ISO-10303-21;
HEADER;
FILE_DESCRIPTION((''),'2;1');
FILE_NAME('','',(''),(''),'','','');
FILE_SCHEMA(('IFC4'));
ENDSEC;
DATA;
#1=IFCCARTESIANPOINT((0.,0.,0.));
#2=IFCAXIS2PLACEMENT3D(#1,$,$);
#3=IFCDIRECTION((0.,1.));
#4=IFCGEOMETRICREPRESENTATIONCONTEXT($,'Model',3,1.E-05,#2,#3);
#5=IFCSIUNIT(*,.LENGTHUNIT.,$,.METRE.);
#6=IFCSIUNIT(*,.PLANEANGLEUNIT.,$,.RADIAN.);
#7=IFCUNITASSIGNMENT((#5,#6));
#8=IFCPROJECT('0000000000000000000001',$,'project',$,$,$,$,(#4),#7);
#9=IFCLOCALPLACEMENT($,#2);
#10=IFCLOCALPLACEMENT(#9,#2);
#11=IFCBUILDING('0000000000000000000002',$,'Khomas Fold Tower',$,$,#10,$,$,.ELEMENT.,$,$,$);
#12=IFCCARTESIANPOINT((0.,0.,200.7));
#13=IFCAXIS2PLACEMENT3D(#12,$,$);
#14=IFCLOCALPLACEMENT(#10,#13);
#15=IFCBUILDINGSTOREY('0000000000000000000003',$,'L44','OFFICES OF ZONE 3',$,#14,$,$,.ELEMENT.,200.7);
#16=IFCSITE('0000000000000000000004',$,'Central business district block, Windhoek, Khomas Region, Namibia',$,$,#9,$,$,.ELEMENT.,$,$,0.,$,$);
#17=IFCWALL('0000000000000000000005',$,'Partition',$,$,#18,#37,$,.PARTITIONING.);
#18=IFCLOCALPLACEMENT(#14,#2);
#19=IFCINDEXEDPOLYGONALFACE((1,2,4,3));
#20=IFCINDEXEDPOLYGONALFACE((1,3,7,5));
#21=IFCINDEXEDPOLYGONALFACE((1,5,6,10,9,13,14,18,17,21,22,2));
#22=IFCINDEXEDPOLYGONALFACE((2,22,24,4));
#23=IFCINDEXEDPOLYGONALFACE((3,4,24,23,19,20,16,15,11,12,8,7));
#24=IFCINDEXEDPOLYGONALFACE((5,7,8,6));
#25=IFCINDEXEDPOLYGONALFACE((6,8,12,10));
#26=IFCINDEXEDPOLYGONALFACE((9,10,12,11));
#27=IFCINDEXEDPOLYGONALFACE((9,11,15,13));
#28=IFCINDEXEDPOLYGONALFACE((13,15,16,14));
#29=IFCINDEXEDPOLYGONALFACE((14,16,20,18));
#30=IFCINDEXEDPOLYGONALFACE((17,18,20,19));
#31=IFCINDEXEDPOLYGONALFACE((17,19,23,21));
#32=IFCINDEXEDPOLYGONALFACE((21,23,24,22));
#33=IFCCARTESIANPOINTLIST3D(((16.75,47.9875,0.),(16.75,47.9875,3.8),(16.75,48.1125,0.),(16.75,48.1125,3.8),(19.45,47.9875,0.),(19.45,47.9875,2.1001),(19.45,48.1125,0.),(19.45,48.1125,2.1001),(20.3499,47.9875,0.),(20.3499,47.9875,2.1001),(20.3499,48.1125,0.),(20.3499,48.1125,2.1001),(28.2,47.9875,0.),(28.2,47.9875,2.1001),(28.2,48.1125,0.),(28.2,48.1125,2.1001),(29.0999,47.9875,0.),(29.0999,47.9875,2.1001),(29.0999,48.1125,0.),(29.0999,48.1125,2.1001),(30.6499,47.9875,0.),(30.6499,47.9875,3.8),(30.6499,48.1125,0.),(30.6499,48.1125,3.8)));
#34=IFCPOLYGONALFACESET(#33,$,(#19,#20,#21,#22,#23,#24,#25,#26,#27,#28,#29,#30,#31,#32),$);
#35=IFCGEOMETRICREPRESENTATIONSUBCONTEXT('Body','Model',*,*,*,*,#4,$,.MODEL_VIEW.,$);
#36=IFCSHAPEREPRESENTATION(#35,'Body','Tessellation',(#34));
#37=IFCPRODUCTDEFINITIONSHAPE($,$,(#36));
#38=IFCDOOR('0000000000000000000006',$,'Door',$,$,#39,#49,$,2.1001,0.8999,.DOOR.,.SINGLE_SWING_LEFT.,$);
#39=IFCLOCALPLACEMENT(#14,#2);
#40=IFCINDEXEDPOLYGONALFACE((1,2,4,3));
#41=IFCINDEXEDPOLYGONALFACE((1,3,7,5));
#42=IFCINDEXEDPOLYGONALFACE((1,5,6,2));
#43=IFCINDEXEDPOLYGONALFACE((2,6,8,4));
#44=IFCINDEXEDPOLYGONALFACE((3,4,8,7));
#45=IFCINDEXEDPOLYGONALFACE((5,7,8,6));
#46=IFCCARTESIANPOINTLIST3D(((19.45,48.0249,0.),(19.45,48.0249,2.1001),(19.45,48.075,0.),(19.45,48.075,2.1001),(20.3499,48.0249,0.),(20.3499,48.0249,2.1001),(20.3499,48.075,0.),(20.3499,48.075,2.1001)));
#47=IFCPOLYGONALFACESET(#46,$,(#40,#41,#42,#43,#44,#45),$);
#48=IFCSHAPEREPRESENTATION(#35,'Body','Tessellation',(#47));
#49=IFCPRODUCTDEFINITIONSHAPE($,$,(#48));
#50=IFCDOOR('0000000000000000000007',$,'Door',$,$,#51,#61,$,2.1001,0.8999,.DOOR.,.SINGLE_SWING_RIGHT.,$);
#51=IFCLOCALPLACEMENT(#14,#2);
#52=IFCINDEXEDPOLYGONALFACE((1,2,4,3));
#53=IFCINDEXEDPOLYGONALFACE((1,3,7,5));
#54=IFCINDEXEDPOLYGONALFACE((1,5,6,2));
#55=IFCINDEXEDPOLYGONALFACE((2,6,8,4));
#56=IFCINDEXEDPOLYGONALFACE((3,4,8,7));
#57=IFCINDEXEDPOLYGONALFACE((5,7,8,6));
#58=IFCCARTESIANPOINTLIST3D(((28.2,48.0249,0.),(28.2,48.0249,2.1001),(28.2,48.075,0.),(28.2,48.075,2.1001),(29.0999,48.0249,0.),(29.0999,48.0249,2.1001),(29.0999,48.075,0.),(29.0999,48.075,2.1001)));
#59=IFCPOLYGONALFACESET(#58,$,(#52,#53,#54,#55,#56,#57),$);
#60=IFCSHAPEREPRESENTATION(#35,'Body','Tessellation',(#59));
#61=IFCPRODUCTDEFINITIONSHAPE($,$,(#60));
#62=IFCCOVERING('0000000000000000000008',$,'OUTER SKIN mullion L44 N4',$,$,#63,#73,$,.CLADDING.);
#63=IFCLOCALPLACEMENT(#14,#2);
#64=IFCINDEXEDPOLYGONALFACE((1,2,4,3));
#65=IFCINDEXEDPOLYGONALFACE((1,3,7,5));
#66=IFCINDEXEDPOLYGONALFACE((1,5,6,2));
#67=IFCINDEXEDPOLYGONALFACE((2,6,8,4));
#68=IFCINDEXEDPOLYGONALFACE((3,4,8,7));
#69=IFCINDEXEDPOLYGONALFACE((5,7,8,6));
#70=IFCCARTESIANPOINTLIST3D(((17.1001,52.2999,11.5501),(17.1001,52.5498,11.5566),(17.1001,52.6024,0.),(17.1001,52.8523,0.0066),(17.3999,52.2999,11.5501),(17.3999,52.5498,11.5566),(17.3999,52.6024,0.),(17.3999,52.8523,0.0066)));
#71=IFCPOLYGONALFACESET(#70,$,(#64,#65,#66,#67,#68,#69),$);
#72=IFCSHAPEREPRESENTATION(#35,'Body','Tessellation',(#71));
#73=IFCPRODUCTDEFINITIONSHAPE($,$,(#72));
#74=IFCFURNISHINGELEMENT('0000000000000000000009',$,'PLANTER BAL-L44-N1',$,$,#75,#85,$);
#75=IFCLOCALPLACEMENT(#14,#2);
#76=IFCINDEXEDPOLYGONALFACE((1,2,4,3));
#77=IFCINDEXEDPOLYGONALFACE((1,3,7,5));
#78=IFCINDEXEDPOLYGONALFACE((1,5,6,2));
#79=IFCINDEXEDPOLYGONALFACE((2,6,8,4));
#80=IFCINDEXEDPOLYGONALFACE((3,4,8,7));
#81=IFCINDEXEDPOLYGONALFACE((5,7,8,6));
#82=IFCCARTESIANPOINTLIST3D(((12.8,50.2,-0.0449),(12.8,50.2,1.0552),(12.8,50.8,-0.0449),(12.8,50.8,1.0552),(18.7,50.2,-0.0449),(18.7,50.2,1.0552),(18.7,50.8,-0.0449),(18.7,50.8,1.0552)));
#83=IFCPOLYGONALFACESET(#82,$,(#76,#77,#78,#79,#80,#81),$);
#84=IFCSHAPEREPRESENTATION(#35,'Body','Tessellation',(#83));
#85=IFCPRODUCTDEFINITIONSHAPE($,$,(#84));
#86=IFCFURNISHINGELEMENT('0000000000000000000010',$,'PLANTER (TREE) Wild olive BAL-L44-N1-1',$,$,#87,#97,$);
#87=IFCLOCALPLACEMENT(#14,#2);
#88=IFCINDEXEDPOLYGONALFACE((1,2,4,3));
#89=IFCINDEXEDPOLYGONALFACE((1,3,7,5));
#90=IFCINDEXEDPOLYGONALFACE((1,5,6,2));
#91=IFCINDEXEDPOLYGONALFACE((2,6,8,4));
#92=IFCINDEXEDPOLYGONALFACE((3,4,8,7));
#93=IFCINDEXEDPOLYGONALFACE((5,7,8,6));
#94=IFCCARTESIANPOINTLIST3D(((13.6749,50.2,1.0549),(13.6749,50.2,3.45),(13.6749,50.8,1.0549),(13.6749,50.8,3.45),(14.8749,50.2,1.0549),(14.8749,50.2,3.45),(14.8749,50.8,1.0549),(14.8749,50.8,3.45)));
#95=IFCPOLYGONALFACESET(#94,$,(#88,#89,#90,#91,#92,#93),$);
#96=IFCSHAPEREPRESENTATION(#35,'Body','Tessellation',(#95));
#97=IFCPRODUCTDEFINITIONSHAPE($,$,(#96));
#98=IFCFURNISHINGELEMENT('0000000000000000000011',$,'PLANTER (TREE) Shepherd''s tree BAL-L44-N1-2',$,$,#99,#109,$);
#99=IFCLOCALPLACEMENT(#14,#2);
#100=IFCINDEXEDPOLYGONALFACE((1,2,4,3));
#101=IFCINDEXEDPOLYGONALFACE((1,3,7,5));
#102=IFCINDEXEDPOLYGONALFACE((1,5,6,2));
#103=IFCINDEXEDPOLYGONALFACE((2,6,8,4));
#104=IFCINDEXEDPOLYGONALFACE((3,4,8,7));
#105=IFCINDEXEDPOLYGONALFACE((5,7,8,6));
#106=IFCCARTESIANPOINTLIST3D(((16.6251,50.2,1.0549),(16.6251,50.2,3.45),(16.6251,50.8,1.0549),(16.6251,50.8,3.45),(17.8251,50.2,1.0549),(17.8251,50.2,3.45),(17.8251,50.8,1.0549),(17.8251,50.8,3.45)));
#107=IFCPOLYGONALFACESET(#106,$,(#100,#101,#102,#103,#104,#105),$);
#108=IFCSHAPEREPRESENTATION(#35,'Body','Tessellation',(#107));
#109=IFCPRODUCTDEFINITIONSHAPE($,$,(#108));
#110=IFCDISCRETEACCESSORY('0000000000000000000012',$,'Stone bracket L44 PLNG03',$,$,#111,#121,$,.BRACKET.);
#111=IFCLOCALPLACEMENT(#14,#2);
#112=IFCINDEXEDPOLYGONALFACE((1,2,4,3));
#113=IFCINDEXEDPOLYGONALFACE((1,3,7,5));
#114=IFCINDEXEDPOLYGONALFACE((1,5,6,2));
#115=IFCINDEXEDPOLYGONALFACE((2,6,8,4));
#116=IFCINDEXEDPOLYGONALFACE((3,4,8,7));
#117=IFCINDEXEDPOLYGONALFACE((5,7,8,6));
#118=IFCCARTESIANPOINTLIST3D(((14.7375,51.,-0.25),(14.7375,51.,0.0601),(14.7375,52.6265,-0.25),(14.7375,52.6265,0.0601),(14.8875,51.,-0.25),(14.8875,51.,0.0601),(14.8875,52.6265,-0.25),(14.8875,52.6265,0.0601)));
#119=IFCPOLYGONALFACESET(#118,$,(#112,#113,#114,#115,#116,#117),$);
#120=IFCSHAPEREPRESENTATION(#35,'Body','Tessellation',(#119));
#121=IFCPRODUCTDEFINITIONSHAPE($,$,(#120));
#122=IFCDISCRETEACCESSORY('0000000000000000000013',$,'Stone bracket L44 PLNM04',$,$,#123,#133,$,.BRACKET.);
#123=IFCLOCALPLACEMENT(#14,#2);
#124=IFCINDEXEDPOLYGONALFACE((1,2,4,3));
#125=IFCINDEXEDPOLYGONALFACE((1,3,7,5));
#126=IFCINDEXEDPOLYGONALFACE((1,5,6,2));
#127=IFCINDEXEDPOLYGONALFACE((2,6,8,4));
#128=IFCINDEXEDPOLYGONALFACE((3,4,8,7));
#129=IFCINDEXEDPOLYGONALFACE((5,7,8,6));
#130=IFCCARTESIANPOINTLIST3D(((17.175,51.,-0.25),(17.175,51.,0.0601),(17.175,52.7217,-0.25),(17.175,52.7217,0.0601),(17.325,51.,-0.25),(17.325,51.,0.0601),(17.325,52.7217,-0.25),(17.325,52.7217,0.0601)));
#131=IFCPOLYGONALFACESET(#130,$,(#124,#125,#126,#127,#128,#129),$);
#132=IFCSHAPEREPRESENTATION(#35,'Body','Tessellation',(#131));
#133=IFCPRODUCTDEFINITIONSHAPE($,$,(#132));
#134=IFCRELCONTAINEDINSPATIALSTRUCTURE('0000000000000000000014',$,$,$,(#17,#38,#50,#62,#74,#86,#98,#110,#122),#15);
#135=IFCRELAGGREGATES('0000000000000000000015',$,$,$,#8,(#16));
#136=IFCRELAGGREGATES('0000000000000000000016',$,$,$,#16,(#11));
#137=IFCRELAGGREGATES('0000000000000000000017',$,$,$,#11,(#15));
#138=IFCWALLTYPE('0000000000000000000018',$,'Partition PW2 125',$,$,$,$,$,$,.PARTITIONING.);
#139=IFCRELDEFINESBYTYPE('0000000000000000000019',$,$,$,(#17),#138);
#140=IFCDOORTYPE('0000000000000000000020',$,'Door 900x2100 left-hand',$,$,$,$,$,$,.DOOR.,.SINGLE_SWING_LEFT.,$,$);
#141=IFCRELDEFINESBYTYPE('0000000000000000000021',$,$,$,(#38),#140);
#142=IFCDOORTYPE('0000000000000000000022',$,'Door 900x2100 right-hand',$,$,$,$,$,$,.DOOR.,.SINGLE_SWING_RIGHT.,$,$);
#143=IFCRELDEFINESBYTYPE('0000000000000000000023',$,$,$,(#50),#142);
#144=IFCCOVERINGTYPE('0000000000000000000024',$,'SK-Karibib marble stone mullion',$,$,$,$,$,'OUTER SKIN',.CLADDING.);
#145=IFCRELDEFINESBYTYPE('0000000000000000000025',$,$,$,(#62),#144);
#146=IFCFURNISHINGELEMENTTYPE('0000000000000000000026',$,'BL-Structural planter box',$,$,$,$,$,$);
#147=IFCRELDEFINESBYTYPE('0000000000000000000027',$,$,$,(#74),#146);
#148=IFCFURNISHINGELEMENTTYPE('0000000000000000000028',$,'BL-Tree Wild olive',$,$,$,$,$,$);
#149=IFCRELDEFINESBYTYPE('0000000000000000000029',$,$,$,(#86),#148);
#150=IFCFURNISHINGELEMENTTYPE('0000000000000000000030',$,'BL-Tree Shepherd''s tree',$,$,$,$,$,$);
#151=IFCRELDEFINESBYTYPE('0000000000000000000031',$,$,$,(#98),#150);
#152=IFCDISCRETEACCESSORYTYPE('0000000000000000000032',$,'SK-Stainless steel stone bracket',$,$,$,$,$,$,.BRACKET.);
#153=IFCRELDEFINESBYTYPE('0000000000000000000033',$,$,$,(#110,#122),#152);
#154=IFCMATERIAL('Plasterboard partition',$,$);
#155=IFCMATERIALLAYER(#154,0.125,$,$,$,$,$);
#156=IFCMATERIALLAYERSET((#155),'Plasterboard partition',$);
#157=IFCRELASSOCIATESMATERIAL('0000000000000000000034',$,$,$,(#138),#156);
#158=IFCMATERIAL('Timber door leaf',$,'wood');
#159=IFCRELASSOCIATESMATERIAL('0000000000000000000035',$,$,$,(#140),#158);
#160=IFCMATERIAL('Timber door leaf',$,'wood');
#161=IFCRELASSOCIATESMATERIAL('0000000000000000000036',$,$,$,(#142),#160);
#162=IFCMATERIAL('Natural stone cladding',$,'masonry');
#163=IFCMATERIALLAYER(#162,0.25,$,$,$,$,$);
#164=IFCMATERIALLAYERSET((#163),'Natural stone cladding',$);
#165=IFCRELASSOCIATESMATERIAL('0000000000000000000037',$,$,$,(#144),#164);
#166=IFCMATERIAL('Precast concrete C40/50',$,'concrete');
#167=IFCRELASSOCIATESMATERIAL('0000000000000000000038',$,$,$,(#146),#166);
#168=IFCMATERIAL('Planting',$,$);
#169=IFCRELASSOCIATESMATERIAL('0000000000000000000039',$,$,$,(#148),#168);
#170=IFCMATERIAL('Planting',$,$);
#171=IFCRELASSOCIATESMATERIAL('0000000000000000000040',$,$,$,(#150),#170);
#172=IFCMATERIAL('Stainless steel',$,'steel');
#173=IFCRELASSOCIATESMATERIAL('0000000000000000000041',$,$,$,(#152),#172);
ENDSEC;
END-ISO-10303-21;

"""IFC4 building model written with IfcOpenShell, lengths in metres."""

from ifc_helpers import new_model, si_unit, direction, frame, frame_2d, origin, origin_2d, place, context, subcontext, project, spatial, polyline, rectangle, outline, extrude, source, transform, mapped, material, layer, layer_set, type_object, element, fill, save


model = new_model("IFC4")

# Units and contexts
model_context = context("Model", 3, precision=1e-05, world=origin(), true_north=direction((0.0, 1.0)))
body_context = subcontext(model_context, "Body", "Model", "MODEL_VIEW")
ifc_project = project(units=[si_unit("LENGTHUNIT", "METRE"), si_unit("PLANEANGLEUNIT", "RADIAN")], contexts=[model_context])

# Site, building, storey
site_placement = place(None, origin())
site = spatial("IfcSite", under=ifc_project, at=site_placement, Name="Central business district block, Windhoek, Khomas Region, Namibia", CompositionType="ELEMENT", RefElevation=0.0)
building_placement = place(site_placement, origin())
building = spatial("IfcBuilding", under=site, at=building_placement, Name="Khomas Fold Tower", CompositionType="ELEMENT")
storey_placement = place(building_placement, frame((0.0, 0.0, 200.7)))
storey = spatial("IfcBuildingStorey", under=building, at=storey_placement, Name="L44", Description="OFFICES OF ZONE 3", CompositionType="ELEMENT", Elevation=200.7)

# Wall, openings, doors
ifc_material_1 = material(Name="Plasterboard partition")
ifc_layer_1 = layer(ifc_material_1, 0.125)
ifc_layer_set_1 = layer_set([ifc_layer_1], Name="Plasterboard partition")
wall_type_1 = type_object("IfcWallType", Name="Partition PW2 125", PredefinedType="PARTITIONING", material=ifc_layer_set_1)
shared_shape_1 = source(origin(), body_context, "Body", "SweptSolid", [
    extrude(rectangle(XDim=13.8999, YDim=0.125, at=frame_2d((6.95, 0.0))), origin(), (0.0, 0.0, 1.0), 3.8),
])
wall_1_placement = place(storey_placement, frame((16.75, 48.05, 0.0), z_axis=(0.0, 0.0, 1.0), x_axis=(1.0, 0.0, 0.0)))
wall_1 = element("IfcWall", 1, at=wall_1_placement, inside=storey, type_object=wall_type_1, Name="Partition", PredefinedType="PARTITIONING", context=body_context, shape_type="MappedRepresentation", body=[
    mapped(shared_shape_1, transform((0.0, 0.0, 0.0))),
])
shared_shape_2 = source(origin(), body_context, "Body", "SweptSolid", [
    extrude(rectangle(XDim=0.8999, YDim=2.1001, at=frame_2d((0.45, 1.05))), frame((0.0, 0.0725, 0.0), z_axis=(0.0, -1.0, 0.0), x_axis=(1.0, 0.0, 0.0)), (0.0, 0.0, 1.0), 0.145),
])
opening_1_placement = place(wall_1_placement, frame((2.7, 0.0, 0.0)))
opening_1 = element("IfcOpeningElement", 2, at=opening_1_placement, cuts=wall_1, PredefinedType="OPENING", context=body_context, shape_type="MappedRepresentation", body=[
    mapped(shared_shape_2, transform((0.0, 0.0, 0.0))),
])
opening_2_placement = place(wall_1_placement, frame((11.45, 0.0, 0.0)))
opening_2 = element("IfcOpeningElement", 3, at=opening_2_placement, cuts=wall_1, PredefinedType="OPENING", context=body_context, shape_type="MappedRepresentation", body=[
    mapped(shared_shape_2, transform((0.0, 0.0, 0.0))),
])
ifc_material_2 = material(Name="Timber door leaf", Category="wood")
door_type_1 = type_object("IfcDoorType", Name="Door 900x2100 left-hand", OperationType="SINGLE_SWING_LEFT", PredefinedType="DOOR", material=ifc_material_2)
shared_shape_3 = source(origin(), body_context, "Body", "SweptSolid", [
    extrude(rectangle(XDim=0.8999, YDim=2.1001, at=frame_2d((0.45, 1.05))), frame((0.0, 0.0249, 0.0), z_axis=(0.0, -1.0, 0.0), x_axis=(1.0, 0.0, 0.0)), (0.0, 0.0, 1.0), 0.05),
])
door_1_placement = place(opening_1_placement, origin())
door_1 = element("IfcDoor", 4, at=door_1_placement, inside=storey, type_object=door_type_1, Name="Door", OperationType="SINGLE_SWING_LEFT", OverallHeight=2.1001, OverallWidth=0.8999, PredefinedType="DOOR", context=body_context, shape_type="MappedRepresentation", body=[
    mapped(shared_shape_3, transform((0.0, 0.0, 0.0))),
])
fill(opening_1, door_1)
ifc_material_3 = material(Name="Timber door leaf", Category="wood")
door_type_2 = type_object("IfcDoorType", Name="Door 900x2100 right-hand", OperationType="SINGLE_SWING_RIGHT", PredefinedType="DOOR", material=ifc_material_3)
door_2_placement = place(opening_2_placement, origin())
door_2 = element("IfcDoor", 5, at=door_2_placement, inside=storey, type_object=door_type_2, Name="Door", OperationType="SINGLE_SWING_RIGHT", OverallHeight=2.1001, OverallWidth=0.8999, PredefinedType="DOOR", context=body_context, shape_type="MappedRepresentation", body=[
    mapped(shared_shape_3, transform((0.0, 0.0, 0.0))),
])
fill(opening_2, door_2)

# Covering
ifc_material_4 = material(Name="Natural stone cladding", Category="masonry")
ifc_layer_2 = layer(ifc_material_4, 0.25)
ifc_layer_set_2 = layer_set([ifc_layer_2], Name="Natural stone cladding")
covering_type = type_object("IfcCoveringType", Name="SK-Karibib marble stone mullion", ElementType="OUTER SKIN", PredefinedType="CLADDING", material=ifc_layer_set_2)
covering_placement = place(storey_placement, frame((17.1001, 52.8523, 0.0066), z_axis=(0.0, 0.999657, 0.026181), x_axis=(1.0, 0.0, 0.0)))
element("IfcCovering", 6, at=covering_placement, inside=storey, type_object=covering_type, Name="OUTER SKIN mullion L44 N4", PredefinedType="CLADDING", context=body_context, shape_type="SweptSolid", body=[
    extrude(outline(polyline([(0.0, 0.0), (0.2998, 0.0), (0.2998, -11.554), (0.0, -11.554), (0.0, 0.0)])), origin(), (0.0, 0.0, -1.0), 0.25),
])

# Furnishing elements
ifc_material_5 = material(Name="Precast concrete C40/50", Category="concrete")
furnishing_element_type_1 = type_object("IfcFurnishingElementType", Name="BL-Structural planter box", material=ifc_material_5)
shared_shape_4 = source(origin(), body_context, "Body", "SweptSolid", [
    extrude(rectangle(XDim=5.8999, YDim=0.6001, at=origin_2d()), origin(), (0.0, 0.0, 1.0), 1.1001),
])
furnishing_1_placement = place(storey_placement, frame((15.75, 50.5, -0.0449), z_axis=(0.0, 0.0, 1.0), x_axis=(1.0, 0.0, 0.0)))
element("IfcFurnishingElement", 7, at=furnishing_1_placement, inside=storey, type_object=furnishing_element_type_1, Name="PLANTER BAL-L44-N1", context=body_context, shape_type="MappedRepresentation", body=[
    mapped(shared_shape_4, transform((0.0, 0.0, 0.0))),
])
ifc_material_6 = material(Name="Planting")
furnishing_element_type_2 = type_object("IfcFurnishingElementType", Name="BL-Tree Wild olive", material=ifc_material_6)
shared_shape_5 = source(origin(), body_context, "Body", "SweptSolid", [
    extrude(rectangle(XDim=1.2, YDim=0.6001, at=origin_2d()), origin(), (0.0, 0.0, 1.0), 2.395),
])
furnishing_2_placement = place(storey_placement, frame((14.2749, 50.5, 1.0549), z_axis=(0.0, 0.0, 1.0), x_axis=(1.0, 0.0, 0.0)))
element("IfcFurnishingElement", 8, at=furnishing_2_placement, inside=storey, type_object=furnishing_element_type_2, Name="PLANTER (TREE) Wild olive BAL-L44-N1-1", context=body_context, shape_type="MappedRepresentation", body=[
    mapped(shared_shape_5, transform((0.0, 0.0, 0.0))),
])
ifc_material_7 = material(Name="Planting")
furnishing_element_type_3 = type_object("IfcFurnishingElementType", Name="BL-Tree Shepherd's tree", material=ifc_material_7)
furnishing_3_placement = place(storey_placement, frame((17.2251, 50.5, 1.0549), z_axis=(0.0, 0.0, 1.0), x_axis=(1.0, 0.0, 0.0)))
element("IfcFurnishingElement", 9, at=furnishing_3_placement, inside=storey, type_object=furnishing_element_type_3, Name="PLANTER (TREE) Shepherd's tree BAL-L44-N1-2", context=body_context, shape_type="MappedRepresentation", body=[
    mapped(shared_shape_5, transform((0.0, 0.0, 0.0))),
])

# Discrete accessories
ifc_material_8 = material(Name="Stainless steel", Category="steel")
discrete_accessory_type = type_object("IfcDiscreteAccessoryType", Name="SK-Stainless steel stone bracket", PredefinedType="BRACKET", material=ifc_material_8)
shared_shape_6 = source(origin(), body_context, "Body", "SweptSolid", [
    extrude(rectangle(XDim=1.6265, YDim=0.1499, at=origin_2d()), origin(), (0.0, 0.0, 1.0), 0.3101),
])
discrete_accessory_1_placement = place(storey_placement, frame((14.8125, 51.8132, -0.25), z_axis=(0.0, 0.0, 1.0), x_axis=(0.0, 1.0, 0.0)))
element("IfcDiscreteAccessory", 10, at=discrete_accessory_1_placement, inside=storey, type_object=discrete_accessory_type, Name="Stone bracket L44 PLNG03", PredefinedType="BRACKET", context=body_context, shape_type="MappedRepresentation", body=[
    mapped(shared_shape_6, transform((0.0, 0.0, 0.0))),
])
shared_shape_7 = source(origin(), body_context, "Body", "SweptSolid", [
    extrude(rectangle(XDim=1.7217, YDim=0.1499, at=origin_2d()), origin(), (0.0, 0.0, 1.0), 0.3101),
])
discrete_accessory_2_placement = place(storey_placement, frame((17.25, 51.8608, -0.25), z_axis=(0.0, 0.0, 1.0), x_axis=(0.0, 1.0, 0.0)))
element("IfcDiscreteAccessory", 11, at=discrete_accessory_2_placement, inside=storey, type_object=discrete_accessory_type, Name="Stone bracket L44 PLNM04", PredefinedType="BRACKET", context=body_context, shape_type="MappedRepresentation", body=[
    mapped(shared_shape_7, transform((0.0, 0.0, 0.0))),
])

save(model, "model.ifc")
